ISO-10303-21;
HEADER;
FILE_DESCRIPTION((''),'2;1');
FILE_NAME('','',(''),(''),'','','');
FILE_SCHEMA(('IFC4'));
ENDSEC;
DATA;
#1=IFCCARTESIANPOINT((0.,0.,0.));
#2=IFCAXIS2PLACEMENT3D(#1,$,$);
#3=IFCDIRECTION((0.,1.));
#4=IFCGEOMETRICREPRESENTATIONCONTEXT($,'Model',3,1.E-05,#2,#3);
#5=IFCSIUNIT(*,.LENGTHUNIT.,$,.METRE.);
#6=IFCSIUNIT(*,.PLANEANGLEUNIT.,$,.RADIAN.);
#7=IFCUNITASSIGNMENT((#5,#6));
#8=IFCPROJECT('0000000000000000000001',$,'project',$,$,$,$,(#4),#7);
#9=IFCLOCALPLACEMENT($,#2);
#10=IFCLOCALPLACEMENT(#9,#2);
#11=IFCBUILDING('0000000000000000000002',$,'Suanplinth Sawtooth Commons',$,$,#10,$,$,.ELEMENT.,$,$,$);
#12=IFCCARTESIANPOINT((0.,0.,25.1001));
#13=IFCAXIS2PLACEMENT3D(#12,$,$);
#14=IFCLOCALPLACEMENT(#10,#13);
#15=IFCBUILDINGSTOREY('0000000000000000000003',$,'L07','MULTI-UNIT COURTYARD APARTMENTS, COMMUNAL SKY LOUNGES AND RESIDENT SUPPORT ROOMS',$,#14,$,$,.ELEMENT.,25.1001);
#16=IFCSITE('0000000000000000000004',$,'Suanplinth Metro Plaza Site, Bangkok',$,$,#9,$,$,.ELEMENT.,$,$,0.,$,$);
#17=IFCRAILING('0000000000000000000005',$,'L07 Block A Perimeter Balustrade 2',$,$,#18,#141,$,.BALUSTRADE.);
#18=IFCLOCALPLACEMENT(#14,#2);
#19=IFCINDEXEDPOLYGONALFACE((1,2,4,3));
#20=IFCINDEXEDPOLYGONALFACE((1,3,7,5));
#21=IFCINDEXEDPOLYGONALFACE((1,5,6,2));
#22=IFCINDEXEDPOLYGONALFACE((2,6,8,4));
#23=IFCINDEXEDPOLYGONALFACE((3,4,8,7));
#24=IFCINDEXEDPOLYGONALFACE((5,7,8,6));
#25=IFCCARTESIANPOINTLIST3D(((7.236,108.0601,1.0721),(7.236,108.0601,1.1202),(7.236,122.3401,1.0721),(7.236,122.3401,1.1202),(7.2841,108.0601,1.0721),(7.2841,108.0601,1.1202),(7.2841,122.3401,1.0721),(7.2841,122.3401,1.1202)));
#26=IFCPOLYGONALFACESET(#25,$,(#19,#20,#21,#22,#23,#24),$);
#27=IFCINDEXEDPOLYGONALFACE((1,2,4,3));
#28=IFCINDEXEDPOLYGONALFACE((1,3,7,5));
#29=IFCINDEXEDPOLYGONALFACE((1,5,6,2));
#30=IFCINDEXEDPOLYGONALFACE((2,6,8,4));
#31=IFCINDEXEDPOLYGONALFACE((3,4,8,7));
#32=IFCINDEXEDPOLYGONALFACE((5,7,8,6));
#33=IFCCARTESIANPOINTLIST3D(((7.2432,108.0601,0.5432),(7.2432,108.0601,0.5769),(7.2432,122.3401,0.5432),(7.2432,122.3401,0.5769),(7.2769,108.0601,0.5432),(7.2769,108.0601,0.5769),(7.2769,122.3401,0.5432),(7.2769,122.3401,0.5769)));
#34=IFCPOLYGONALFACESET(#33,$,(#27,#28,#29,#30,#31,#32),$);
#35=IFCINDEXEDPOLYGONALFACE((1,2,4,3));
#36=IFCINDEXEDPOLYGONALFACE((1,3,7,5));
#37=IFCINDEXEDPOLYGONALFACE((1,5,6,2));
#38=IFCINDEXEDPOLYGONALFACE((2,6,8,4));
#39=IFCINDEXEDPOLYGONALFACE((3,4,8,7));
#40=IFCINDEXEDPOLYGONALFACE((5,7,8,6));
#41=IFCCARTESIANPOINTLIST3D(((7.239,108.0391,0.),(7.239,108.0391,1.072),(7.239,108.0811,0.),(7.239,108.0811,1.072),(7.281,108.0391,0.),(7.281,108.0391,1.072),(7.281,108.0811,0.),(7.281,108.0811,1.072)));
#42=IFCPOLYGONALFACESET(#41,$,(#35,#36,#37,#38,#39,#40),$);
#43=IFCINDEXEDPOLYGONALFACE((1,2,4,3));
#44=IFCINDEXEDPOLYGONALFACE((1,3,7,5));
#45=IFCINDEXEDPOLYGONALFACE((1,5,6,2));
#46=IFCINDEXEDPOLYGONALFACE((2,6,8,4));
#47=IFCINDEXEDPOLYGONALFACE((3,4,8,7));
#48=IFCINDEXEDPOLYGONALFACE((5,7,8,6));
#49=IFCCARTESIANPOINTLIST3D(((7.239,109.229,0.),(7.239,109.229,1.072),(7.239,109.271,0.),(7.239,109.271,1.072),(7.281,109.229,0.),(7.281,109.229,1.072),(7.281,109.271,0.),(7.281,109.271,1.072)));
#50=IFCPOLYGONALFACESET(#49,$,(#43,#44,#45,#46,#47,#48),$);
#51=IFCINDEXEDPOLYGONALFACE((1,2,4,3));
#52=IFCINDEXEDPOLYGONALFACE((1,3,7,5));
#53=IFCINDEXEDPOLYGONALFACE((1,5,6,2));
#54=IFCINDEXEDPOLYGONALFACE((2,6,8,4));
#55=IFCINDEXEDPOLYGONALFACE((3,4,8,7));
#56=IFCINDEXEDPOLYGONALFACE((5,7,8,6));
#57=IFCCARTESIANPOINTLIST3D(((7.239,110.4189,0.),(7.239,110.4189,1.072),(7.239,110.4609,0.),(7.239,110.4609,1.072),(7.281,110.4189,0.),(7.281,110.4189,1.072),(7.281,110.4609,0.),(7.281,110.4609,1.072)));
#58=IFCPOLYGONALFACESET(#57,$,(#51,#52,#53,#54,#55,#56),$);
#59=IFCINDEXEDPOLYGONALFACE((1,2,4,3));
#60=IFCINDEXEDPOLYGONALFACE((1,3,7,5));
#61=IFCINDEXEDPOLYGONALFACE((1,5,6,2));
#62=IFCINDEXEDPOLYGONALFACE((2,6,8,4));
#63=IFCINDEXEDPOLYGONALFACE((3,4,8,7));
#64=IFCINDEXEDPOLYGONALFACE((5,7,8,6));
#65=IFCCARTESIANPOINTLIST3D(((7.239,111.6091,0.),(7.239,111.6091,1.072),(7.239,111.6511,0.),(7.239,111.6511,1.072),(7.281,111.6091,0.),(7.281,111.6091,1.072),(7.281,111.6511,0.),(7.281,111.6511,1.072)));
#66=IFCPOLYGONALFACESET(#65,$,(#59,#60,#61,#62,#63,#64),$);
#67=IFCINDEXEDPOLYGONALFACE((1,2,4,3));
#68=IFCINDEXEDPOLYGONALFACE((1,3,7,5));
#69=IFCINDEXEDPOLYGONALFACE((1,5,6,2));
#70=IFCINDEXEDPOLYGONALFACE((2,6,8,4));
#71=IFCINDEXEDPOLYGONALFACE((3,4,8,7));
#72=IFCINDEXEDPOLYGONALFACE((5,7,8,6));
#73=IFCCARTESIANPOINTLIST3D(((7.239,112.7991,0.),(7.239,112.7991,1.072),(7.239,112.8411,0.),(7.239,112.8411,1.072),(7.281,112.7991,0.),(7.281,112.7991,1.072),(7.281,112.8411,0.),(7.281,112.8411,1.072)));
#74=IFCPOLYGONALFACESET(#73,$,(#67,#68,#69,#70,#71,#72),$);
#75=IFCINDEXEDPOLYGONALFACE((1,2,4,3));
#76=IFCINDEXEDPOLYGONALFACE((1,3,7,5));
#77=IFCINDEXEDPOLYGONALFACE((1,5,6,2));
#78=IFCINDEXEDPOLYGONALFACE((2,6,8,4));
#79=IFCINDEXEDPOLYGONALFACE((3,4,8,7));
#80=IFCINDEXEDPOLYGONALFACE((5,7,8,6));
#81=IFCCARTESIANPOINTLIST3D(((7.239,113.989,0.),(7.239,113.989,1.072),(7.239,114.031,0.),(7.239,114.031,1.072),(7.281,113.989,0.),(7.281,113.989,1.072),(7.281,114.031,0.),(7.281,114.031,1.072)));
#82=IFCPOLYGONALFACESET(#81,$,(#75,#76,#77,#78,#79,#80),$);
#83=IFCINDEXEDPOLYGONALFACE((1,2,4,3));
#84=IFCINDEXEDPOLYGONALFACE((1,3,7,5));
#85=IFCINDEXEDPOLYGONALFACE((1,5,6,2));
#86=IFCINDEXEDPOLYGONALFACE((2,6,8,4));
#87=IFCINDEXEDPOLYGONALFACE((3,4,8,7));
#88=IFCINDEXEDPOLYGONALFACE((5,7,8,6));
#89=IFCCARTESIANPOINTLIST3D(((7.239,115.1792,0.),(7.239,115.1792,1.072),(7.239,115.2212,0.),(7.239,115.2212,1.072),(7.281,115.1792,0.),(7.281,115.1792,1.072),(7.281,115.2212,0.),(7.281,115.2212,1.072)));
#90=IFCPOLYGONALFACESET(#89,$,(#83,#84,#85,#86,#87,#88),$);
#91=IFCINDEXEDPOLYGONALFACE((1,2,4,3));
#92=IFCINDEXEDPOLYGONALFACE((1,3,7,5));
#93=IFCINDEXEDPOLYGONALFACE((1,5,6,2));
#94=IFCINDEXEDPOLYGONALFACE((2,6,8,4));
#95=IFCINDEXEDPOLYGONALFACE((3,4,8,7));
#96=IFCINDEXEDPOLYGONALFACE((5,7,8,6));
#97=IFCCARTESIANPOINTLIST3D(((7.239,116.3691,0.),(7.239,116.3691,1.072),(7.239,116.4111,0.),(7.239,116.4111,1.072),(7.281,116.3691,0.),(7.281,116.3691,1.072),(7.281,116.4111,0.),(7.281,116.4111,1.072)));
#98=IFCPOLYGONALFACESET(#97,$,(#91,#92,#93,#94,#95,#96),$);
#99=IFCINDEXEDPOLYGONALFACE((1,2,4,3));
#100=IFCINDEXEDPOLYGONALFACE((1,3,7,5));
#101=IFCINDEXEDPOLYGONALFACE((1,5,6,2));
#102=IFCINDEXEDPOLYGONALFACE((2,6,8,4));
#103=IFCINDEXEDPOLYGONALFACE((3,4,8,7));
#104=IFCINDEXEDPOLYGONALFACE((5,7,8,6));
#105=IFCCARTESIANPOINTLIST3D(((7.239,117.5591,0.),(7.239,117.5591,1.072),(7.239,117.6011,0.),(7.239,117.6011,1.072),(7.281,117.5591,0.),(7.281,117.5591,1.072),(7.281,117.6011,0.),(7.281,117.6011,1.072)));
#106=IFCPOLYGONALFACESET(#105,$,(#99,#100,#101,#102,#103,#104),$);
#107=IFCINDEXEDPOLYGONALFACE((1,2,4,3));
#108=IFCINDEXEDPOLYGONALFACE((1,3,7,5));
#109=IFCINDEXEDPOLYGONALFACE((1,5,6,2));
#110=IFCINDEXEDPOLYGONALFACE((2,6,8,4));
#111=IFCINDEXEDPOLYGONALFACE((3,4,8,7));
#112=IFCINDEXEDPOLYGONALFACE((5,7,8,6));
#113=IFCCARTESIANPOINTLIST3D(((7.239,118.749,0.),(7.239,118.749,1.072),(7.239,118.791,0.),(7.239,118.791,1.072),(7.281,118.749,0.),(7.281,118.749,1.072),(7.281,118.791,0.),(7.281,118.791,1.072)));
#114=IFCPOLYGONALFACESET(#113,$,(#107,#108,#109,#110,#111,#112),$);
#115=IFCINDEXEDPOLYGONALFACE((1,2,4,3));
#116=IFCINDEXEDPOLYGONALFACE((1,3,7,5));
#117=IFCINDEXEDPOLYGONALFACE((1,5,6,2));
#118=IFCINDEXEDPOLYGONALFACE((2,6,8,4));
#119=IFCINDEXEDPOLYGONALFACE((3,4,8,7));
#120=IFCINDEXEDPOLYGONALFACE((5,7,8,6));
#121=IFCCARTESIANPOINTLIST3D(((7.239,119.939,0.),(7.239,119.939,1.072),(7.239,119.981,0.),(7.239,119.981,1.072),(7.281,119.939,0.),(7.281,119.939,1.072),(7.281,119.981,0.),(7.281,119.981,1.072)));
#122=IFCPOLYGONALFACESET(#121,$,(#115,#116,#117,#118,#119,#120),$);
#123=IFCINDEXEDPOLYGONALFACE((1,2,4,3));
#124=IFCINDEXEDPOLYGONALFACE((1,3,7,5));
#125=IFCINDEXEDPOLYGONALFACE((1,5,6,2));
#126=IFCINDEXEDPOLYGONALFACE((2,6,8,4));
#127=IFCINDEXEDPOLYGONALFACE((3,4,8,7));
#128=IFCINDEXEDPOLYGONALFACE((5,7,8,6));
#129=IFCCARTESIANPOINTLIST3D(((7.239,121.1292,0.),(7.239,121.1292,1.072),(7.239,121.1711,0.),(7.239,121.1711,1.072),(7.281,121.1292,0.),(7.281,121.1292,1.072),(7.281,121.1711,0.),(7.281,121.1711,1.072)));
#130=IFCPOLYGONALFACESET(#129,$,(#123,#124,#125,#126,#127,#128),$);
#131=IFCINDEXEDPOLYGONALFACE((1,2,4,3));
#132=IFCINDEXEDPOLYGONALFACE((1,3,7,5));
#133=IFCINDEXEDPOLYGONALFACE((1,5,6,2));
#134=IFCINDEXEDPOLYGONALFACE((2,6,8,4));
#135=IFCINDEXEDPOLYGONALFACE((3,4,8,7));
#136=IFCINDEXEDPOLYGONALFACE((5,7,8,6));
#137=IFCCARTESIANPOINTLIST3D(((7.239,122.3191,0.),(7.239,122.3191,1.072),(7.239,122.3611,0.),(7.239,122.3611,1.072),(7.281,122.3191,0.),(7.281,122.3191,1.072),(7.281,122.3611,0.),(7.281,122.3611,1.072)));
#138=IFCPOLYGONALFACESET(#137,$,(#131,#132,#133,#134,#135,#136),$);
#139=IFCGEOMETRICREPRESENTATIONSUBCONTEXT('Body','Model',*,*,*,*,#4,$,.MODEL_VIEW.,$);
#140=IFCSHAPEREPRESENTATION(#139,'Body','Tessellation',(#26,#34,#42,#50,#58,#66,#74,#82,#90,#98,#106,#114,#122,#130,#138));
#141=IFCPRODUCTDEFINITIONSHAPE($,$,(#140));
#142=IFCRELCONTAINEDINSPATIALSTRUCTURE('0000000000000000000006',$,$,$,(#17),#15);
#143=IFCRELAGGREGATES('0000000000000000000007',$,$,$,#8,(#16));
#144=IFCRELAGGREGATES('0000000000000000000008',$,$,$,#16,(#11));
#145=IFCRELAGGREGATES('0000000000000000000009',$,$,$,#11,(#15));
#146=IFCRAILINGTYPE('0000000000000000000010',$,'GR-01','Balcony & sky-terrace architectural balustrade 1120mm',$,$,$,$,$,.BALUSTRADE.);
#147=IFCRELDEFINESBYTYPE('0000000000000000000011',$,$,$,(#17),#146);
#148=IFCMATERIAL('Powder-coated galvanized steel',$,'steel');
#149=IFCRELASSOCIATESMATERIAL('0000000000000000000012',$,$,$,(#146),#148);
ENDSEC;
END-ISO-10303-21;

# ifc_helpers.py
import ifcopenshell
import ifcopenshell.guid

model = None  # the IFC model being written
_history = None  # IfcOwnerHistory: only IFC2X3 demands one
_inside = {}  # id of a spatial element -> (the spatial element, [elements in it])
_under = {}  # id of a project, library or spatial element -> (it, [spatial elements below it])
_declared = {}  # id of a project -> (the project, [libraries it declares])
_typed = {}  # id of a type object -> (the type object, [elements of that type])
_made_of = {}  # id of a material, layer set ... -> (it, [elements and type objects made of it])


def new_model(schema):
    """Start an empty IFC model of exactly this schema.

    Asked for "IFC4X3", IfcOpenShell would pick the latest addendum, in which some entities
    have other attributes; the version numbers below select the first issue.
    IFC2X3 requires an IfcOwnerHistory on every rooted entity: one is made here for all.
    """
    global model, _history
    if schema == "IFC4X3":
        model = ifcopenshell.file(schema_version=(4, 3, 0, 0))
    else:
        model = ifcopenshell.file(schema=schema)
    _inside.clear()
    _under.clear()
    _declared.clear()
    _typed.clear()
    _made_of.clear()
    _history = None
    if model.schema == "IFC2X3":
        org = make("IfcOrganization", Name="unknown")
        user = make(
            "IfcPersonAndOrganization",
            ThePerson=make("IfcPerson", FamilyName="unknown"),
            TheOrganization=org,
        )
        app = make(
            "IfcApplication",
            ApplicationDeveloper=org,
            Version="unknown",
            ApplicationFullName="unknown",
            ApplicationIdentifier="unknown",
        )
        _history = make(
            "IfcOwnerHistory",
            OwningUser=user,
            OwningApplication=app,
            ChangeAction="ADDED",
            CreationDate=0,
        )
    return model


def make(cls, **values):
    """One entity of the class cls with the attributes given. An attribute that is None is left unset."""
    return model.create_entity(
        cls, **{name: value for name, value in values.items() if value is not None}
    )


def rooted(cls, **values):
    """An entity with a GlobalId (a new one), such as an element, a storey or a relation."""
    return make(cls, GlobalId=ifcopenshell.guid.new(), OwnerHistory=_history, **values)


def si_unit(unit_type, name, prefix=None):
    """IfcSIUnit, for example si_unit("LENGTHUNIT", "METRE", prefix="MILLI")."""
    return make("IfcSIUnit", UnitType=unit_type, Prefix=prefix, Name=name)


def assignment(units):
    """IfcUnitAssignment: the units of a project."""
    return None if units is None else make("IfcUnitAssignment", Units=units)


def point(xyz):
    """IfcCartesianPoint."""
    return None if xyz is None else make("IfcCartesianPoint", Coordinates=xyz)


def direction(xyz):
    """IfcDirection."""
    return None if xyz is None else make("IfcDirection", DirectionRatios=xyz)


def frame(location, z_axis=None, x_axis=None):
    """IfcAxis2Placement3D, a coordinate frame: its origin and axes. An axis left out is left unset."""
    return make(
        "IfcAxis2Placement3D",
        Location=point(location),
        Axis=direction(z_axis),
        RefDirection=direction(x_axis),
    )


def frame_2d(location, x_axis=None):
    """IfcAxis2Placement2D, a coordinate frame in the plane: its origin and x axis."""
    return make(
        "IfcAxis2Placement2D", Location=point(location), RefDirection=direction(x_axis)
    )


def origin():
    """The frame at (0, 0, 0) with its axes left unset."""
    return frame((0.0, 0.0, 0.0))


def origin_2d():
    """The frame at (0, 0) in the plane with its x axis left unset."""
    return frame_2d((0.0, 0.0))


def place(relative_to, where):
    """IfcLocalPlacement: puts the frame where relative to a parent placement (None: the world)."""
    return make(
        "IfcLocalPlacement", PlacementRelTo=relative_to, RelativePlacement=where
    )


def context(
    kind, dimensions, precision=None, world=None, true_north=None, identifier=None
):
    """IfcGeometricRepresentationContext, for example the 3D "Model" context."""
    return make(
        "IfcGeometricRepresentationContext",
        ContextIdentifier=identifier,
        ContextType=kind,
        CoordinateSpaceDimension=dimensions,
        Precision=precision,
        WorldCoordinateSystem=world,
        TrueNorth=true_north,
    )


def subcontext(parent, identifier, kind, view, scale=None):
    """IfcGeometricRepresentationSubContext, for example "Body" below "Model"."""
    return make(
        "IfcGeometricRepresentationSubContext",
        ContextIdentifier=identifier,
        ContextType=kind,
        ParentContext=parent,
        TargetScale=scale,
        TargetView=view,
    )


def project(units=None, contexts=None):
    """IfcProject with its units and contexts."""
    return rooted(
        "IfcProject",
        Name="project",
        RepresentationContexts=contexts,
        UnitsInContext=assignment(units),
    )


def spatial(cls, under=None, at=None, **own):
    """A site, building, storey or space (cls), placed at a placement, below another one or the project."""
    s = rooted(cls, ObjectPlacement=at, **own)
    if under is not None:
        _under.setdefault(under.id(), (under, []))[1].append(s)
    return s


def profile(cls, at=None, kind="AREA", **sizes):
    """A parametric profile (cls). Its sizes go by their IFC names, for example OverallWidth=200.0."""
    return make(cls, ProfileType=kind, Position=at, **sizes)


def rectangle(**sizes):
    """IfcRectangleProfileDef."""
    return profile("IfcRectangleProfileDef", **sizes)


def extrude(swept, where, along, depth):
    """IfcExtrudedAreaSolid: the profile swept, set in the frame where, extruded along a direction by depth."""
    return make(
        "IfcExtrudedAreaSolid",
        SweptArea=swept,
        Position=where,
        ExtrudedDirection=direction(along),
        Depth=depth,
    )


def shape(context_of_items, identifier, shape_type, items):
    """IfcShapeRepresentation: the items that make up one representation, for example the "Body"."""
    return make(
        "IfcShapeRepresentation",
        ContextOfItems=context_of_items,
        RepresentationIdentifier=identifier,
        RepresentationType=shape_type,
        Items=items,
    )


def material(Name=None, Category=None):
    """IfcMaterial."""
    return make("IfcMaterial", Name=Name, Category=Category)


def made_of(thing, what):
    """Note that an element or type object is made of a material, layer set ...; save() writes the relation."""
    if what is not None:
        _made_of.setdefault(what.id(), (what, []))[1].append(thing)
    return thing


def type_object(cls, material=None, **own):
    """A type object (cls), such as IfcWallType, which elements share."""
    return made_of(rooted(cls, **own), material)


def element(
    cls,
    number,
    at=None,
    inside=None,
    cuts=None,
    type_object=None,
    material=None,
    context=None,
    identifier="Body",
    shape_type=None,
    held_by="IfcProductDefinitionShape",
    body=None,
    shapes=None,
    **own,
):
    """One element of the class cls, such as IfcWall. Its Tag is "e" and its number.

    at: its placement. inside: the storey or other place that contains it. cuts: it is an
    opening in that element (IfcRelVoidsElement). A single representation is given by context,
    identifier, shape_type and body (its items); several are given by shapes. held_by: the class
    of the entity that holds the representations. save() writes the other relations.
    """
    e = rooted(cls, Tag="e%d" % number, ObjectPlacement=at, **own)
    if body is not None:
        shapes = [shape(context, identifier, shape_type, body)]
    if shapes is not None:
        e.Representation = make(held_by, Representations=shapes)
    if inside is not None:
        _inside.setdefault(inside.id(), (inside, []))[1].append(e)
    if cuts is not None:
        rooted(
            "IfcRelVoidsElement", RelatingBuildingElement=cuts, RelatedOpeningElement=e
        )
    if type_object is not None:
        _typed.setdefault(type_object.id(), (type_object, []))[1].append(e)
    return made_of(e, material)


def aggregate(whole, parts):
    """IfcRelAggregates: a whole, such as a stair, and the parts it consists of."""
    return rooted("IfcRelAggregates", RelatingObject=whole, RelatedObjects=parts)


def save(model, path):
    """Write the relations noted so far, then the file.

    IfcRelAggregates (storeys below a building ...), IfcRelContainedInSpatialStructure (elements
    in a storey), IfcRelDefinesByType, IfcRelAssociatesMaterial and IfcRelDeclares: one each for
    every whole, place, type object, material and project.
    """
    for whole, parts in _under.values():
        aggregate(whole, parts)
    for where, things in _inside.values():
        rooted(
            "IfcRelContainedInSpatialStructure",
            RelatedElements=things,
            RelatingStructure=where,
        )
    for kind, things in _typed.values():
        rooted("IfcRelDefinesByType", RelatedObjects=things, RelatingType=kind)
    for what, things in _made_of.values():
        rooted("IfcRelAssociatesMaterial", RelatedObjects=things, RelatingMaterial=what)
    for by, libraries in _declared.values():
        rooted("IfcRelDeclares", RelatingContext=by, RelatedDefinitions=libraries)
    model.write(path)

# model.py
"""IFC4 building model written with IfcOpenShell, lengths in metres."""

from ifc_helpers import new_model, si_unit, direction, frame, origin, origin_2d, place, context, subcontext, project, spatial, rectangle, extrude, material, type_object, element, save


model = new_model("IFC4")

# Units and contexts
model_context = context("Model", 3, precision=1e-05, world=origin(), true_north=direction((0.0, 1.0)))
body_context = subcontext(model_context, "Body", "Model", "MODEL_VIEW")
ifc_project = project(units=[si_unit("LENGTHUNIT", "METRE"), si_unit("PLANEANGLEUNIT", "RADIAN")], contexts=[model_context])

# Site, building, storey
site_placement = place(None, origin())
site = spatial("IfcSite", under=ifc_project, at=site_placement, Name="Suanplinth Metro Plaza Site, Bangkok", CompositionType="ELEMENT", RefElevation=0.0)
building_placement = place(site_placement, origin())
building = spatial("IfcBuilding", under=site, at=building_placement, Name="Suanplinth Sawtooth Commons", CompositionType="ELEMENT")
storey_placement = place(building_placement, frame((0.0, 0.0, 25.1001)))
storey = spatial("IfcBuildingStorey", under=building, at=storey_placement, Name="L07", Description="MULTI-UNIT COURTYARD APARTMENTS, COMMUNAL SKY LOUNGES AND RESIDENT SUPPORT ROOMS", CompositionType="ELEMENT", Elevation=25.1001)

# Railing
ifc_material_1 = material(Name="Powder-coated galvanized steel", Category="steel")
railing_type = type_object("IfcRailingType", Name="GR-01", Description="Balcony & sky-terrace architectural balustrade 1120mm", PredefinedType="BALUSTRADE", material=ifc_material_1)
railing_1_placement = place(storey_placement, frame((7.26, 108.0601, 0.0)))
element("IfcRailing", 1, at=railing_1_placement, inside=storey, type_object=railing_type, Name="L07 Block A Perimeter Balustrade 2", PredefinedType="BALUSTRADE", context=body_context, shape_type="SweptSolid", body=[
    extrude(rectangle(XDim=0.0481, YDim=0.0481, at=origin_2d()), frame((0.0, 0.0, 1.0962), z_axis=(0.0, 1.0, 0.0), x_axis=(-1.0, 0.0, 0.0)), (0.0, 0.0, 1.0), 14.28),
    extrude(rectangle(XDim=0.0337, YDim=0.0337, at=origin_2d()), frame((0.0, 0.0, 0.5601), z_axis=(0.0, 1.0, 0.0), x_axis=(-1.0, 0.0, 0.0)), (0.0, 0.0, 1.0), 14.28),
    extrude(rectangle(XDim=0.042, YDim=0.042, at=origin_2d()), origin(), (0.0, 0.0, 1.0), 1.072),
    extrude(rectangle(XDim=0.042, YDim=0.042, at=origin_2d()), frame((0.0, 1.1899, 0.0)), (0.0, 0.0, 1.0), 1.072),
    extrude(rectangle(XDim=0.042, YDim=0.042, at=origin_2d()), frame((0.0, 2.3799, 0.0)), (0.0, 0.0, 1.0), 1.072),
    extrude(rectangle(XDim=0.042, YDim=0.042, at=origin_2d()), frame((0.0, 3.5701, 0.0)), (0.0, 0.0, 1.0), 1.072),
    extrude(rectangle(XDim=0.042, YDim=0.042, at=origin_2d()), frame((0.0, 4.76, 0.0)), (0.0, 0.0, 1.0), 1.072),
    extrude(rectangle(XDim=0.042, YDim=0.042, at=origin_2d()), frame((0.0, 5.95, 0.0)), (0.0, 0.0, 1.0), 1.072),
    extrude(rectangle(XDim=0.042, YDim=0.042, at=origin_2d()), frame((0.0, 7.1401, 0.0)), (0.0, 0.0, 1.0), 1.072),
    extrude(rectangle(XDim=0.042, YDim=0.042, at=origin_2d()), frame((0.0, 8.3301, 0.0)), (0.0, 0.0, 1.0), 1.072),
    extrude(rectangle(XDim=0.042, YDim=0.042, at=origin_2d()), frame((0.0, 9.52, 0.0)), (0.0, 0.0, 1.0), 1.072),
    extrude(rectangle(XDim=0.042, YDim=0.042, at=origin_2d()), frame((0.0, 10.71, 0.0)), (0.0, 0.0, 1.0), 1.072),
    extrude(rectangle(XDim=0.042, YDim=0.042, at=origin_2d()), frame((0.0, 11.8999, 0.0)), (0.0, 0.0, 1.0), 1.072),
    extrude(rectangle(XDim=0.042, YDim=0.042, at=origin_2d()), frame((0.0, 13.0901, 0.0)), (0.0, 0.0, 1.0), 1.072),
    extrude(rectangle(XDim=0.042, YDim=0.042, at=origin_2d()), frame((0.0, 14.28, 0.0)), (0.0, 0.0, 1.0), 1.072),
])

save(model, "model.ifc")
